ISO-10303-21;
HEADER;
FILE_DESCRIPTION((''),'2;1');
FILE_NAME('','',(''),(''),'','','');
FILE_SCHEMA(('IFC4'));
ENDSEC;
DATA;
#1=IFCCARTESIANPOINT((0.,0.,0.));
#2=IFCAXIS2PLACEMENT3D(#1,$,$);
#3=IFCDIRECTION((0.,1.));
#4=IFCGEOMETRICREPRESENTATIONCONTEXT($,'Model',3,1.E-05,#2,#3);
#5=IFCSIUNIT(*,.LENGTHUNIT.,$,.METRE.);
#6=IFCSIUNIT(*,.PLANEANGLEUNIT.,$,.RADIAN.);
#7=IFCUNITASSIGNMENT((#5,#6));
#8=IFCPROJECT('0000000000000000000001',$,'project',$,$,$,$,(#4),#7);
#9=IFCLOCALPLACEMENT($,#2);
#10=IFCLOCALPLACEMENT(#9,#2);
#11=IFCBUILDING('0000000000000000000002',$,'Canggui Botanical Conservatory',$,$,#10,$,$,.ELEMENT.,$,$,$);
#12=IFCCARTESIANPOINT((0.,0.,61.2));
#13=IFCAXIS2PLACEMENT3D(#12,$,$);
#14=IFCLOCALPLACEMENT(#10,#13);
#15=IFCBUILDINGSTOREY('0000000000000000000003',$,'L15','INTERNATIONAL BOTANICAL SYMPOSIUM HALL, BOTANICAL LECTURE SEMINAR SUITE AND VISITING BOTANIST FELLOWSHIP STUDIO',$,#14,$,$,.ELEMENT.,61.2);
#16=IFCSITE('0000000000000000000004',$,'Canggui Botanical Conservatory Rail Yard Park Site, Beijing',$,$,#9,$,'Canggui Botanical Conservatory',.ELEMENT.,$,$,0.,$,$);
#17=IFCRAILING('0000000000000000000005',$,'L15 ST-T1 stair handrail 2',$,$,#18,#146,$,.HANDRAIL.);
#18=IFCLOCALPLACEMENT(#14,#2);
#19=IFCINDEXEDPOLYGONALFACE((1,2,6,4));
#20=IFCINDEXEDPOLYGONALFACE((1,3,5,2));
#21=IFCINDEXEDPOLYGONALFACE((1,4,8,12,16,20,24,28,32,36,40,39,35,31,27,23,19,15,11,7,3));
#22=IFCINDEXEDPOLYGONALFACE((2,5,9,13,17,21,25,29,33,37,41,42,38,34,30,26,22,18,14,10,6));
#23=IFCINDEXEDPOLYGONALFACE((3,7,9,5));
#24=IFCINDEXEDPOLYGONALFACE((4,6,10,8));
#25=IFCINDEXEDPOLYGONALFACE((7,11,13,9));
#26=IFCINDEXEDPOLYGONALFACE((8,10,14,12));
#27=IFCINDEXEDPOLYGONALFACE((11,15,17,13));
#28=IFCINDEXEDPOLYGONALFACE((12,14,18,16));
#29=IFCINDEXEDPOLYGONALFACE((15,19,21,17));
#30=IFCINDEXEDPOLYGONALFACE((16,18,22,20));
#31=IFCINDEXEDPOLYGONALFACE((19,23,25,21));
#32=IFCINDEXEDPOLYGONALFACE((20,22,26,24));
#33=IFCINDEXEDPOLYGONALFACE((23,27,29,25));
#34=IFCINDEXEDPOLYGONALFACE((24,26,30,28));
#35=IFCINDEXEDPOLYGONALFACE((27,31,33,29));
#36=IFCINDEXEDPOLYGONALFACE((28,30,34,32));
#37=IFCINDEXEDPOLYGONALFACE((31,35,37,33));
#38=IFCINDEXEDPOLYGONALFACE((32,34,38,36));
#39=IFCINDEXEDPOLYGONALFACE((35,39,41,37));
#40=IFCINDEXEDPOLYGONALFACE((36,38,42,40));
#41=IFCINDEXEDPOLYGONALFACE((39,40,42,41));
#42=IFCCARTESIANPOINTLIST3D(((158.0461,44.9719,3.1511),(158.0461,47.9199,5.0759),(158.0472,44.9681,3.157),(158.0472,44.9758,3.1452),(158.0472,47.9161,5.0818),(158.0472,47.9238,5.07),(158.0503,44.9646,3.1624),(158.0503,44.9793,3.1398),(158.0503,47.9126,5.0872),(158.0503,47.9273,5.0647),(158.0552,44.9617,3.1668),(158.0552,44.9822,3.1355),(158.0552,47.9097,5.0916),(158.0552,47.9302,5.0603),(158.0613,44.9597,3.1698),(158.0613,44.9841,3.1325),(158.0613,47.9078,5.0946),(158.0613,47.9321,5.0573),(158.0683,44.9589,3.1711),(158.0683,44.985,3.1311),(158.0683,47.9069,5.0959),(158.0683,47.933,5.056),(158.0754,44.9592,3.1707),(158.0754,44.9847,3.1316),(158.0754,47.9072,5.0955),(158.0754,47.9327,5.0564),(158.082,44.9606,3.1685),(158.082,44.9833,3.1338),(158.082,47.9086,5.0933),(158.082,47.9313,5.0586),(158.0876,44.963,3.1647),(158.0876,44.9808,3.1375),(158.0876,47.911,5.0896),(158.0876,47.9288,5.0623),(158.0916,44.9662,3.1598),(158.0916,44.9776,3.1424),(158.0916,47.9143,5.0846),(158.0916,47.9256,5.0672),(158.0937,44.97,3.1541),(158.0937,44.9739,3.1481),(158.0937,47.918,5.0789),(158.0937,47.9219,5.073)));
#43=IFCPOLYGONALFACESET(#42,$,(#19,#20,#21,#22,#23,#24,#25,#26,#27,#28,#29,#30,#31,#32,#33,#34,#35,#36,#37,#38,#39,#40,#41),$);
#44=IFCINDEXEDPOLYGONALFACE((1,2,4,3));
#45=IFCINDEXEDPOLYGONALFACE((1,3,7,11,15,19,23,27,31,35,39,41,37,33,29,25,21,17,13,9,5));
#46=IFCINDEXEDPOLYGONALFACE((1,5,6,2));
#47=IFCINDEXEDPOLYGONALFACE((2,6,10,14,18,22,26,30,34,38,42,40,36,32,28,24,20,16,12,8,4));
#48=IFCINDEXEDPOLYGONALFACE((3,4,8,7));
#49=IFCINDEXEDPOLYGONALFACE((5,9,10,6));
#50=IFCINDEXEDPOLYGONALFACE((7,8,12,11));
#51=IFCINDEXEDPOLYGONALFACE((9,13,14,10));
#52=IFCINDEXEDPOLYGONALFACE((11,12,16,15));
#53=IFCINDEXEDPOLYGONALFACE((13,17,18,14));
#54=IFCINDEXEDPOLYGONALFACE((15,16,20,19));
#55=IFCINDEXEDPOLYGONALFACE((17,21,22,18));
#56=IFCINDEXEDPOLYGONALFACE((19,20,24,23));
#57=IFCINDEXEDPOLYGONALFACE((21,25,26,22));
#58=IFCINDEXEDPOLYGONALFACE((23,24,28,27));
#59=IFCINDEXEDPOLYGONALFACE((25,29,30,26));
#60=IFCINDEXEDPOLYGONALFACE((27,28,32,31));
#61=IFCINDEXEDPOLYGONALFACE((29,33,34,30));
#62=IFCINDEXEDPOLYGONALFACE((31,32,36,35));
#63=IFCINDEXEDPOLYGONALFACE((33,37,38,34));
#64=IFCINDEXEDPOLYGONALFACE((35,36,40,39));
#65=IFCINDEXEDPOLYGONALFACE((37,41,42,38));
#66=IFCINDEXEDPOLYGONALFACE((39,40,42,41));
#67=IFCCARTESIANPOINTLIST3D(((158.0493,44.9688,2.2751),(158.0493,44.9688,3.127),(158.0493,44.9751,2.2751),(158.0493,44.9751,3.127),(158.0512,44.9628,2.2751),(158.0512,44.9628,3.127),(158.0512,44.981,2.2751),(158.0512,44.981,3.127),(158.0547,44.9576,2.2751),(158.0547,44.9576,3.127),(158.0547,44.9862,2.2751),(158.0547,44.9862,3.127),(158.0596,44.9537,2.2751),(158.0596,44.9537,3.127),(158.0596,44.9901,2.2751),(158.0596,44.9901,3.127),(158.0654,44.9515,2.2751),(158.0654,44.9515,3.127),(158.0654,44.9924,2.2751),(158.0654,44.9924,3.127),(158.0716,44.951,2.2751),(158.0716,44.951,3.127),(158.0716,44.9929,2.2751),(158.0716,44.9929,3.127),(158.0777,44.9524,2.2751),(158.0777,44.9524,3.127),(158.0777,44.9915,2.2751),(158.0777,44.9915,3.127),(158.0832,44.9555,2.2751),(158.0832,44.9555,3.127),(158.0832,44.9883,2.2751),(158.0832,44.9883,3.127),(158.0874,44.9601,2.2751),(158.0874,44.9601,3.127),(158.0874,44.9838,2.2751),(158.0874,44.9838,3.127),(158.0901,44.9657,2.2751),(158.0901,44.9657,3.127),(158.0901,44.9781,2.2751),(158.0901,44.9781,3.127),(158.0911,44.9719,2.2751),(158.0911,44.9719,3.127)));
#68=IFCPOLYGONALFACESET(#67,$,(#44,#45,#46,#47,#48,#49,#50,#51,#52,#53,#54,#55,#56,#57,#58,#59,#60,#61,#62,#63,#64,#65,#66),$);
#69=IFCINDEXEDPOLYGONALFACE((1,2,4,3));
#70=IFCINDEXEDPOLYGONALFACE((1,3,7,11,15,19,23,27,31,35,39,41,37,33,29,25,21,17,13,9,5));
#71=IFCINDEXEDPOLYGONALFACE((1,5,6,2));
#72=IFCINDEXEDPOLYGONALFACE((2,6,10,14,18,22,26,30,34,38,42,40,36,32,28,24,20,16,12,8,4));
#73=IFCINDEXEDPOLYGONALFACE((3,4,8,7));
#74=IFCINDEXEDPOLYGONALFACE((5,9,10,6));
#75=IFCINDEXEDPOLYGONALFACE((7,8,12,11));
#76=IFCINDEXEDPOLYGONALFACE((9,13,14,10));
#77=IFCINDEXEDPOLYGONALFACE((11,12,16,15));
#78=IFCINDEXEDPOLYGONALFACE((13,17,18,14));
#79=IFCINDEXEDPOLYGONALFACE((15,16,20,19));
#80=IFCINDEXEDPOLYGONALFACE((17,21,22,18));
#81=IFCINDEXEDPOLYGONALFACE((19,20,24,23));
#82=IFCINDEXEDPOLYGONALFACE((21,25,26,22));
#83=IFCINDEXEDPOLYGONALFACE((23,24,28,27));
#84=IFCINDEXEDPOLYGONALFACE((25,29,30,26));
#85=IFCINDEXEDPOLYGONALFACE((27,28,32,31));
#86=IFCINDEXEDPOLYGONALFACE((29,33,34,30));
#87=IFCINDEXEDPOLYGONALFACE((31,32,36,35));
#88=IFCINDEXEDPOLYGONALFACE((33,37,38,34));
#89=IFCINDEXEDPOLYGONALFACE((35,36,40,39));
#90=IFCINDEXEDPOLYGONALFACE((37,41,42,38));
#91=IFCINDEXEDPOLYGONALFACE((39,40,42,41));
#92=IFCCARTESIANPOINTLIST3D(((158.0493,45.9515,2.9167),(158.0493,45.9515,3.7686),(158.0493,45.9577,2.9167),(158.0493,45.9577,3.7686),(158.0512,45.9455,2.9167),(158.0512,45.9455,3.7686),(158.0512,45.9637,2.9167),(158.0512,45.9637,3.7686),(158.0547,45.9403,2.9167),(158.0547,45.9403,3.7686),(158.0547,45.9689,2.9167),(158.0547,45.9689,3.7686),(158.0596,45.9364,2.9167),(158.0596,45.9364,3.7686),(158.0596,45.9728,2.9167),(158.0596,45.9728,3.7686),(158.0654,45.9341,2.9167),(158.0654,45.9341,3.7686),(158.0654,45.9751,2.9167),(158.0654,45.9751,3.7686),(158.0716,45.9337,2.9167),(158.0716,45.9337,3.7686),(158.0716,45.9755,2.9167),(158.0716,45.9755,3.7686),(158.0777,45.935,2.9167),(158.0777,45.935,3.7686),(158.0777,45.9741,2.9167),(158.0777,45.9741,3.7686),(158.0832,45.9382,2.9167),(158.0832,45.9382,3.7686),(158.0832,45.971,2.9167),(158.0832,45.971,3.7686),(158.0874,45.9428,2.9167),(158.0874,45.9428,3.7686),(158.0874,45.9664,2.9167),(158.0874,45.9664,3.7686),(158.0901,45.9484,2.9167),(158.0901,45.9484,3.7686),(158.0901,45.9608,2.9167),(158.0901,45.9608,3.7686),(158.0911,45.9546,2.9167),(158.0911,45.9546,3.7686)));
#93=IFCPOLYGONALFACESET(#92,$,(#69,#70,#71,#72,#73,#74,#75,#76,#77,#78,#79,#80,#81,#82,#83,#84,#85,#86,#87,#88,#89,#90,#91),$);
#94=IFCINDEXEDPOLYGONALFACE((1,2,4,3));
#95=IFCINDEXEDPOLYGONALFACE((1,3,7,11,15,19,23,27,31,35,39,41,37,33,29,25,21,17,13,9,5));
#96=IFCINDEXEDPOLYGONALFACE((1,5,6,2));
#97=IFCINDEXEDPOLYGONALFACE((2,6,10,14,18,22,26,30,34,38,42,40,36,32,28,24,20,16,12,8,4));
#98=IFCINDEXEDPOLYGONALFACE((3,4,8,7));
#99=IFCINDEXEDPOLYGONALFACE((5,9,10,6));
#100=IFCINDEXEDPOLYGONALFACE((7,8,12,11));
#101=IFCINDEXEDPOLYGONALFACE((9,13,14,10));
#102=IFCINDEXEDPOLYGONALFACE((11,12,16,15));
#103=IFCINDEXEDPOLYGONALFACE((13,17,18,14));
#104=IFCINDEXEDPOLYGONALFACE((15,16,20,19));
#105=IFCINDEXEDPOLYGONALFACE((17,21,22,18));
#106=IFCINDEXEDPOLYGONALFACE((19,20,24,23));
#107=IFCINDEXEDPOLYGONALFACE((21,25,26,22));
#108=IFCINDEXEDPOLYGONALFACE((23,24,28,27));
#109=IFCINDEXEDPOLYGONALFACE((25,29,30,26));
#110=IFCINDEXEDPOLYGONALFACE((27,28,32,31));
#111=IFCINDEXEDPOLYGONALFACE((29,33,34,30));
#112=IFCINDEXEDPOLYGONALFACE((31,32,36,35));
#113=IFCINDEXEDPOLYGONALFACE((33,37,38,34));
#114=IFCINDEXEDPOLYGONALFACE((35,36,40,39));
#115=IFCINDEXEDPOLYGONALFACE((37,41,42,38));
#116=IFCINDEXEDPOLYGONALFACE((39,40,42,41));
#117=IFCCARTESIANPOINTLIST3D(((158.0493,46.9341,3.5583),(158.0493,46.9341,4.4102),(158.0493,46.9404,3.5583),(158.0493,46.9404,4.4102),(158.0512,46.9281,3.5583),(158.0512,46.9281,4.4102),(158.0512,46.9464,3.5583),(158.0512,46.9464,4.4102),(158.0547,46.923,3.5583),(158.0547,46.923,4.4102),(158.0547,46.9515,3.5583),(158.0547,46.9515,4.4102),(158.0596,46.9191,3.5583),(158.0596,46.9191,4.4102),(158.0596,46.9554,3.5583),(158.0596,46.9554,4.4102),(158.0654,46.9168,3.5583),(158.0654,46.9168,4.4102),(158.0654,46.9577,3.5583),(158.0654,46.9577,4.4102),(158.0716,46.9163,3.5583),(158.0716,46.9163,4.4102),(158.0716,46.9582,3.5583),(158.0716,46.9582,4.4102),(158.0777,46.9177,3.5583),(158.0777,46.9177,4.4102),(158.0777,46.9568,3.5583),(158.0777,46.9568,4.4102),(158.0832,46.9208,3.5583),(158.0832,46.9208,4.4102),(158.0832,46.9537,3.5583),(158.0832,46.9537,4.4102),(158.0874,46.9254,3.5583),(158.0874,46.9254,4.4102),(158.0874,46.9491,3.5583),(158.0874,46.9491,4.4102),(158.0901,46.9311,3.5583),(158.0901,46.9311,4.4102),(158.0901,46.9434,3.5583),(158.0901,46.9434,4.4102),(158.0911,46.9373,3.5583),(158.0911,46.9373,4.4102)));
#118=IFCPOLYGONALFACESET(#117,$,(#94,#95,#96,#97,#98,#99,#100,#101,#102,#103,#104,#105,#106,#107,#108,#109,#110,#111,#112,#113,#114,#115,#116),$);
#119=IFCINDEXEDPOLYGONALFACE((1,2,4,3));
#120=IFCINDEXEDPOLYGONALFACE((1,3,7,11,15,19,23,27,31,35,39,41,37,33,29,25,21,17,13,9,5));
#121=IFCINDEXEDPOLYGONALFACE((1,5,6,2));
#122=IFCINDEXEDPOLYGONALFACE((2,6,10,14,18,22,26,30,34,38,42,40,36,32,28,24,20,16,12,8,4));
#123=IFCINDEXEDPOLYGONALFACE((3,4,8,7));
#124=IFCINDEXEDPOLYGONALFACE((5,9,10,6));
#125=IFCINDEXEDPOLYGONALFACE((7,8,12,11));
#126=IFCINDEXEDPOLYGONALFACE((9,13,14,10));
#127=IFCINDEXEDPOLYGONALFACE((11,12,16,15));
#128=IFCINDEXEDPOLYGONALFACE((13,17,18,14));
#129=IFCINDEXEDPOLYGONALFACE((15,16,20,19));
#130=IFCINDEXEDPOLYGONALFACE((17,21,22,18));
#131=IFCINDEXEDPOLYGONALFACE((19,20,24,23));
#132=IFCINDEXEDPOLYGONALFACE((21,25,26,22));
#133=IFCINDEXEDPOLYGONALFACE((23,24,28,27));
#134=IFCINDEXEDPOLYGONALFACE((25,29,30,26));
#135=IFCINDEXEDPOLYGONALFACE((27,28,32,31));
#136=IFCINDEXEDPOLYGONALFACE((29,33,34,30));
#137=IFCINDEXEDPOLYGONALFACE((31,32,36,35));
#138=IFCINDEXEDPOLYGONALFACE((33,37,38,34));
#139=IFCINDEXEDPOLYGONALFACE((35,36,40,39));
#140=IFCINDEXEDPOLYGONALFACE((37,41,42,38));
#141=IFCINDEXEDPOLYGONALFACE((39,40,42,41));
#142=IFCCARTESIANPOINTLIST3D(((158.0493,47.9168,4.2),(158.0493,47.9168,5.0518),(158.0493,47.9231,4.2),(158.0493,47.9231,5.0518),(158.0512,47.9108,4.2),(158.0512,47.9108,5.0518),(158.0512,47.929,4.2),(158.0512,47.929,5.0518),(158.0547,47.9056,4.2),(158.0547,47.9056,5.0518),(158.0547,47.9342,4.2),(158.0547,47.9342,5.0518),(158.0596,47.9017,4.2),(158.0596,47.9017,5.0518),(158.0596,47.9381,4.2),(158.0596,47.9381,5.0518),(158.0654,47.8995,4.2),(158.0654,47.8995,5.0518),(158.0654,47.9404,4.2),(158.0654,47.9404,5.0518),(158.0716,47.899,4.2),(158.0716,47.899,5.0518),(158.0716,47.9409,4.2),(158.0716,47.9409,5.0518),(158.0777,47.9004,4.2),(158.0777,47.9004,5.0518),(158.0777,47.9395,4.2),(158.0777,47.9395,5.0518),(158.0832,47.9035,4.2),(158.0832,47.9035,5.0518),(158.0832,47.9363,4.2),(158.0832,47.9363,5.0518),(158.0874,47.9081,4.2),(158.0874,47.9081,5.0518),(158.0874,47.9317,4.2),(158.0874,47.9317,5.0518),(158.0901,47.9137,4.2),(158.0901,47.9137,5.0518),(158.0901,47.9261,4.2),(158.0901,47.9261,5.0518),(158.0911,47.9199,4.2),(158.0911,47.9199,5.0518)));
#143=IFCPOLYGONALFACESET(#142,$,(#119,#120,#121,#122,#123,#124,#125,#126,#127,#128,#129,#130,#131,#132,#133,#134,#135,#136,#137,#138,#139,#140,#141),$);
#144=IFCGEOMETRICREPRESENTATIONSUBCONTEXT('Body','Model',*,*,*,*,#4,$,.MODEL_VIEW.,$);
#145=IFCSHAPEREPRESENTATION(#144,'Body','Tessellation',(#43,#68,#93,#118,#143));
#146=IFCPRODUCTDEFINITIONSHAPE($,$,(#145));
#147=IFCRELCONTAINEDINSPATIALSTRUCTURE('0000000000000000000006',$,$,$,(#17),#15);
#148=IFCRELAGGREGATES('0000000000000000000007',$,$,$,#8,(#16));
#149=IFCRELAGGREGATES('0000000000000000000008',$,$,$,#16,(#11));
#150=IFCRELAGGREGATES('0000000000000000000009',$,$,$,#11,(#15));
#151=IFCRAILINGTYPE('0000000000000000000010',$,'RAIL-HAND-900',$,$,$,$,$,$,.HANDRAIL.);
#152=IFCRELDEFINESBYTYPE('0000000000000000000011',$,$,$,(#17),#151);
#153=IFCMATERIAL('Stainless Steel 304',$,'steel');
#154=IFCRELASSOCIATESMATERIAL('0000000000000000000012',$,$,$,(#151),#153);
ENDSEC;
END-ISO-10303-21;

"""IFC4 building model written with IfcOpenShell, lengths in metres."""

from ifc_helpers import new_model, si_unit, direction, frame, origin, origin_2d, place, context, subcontext, project, spatial, circle, extrude, material, type_object, element, save


model = new_model("IFC4")

# Units and contexts
model_context = context("Model", 3, precision=1e-05, world=origin(), true_north=direction((0.0, 1.0)))
body_context = subcontext(model_context, "Body", "Model", "MODEL_VIEW")
ifc_project = project(units=[si_unit("LENGTHUNIT", "METRE"), si_unit("PLANEANGLEUNIT", "RADIAN")], contexts=[model_context])

# Site, building, storey
site_placement = place(None, origin())
site = spatial("IfcSite", under=ifc_project, at=site_placement, Name="Canggui Botanical Conservatory Rail Yard Park Site, Beijing", LongName="Canggui Botanical Conservatory", CompositionType="ELEMENT", RefElevation=0.0)
building_placement = place(site_placement, origin())
building = spatial("IfcBuilding", under=site, at=building_placement, Name="Canggui Botanical Conservatory", CompositionType="ELEMENT")
storey_placement = place(building_placement, frame((0.0, 0.0, 61.2)))
storey = spatial("IfcBuildingStorey", under=building, at=storey_placement, Name="L15", Description="INTERNATIONAL BOTANICAL SYMPOSIUM HALL, BOTANICAL LECTURE SEMINAR SUITE AND VISITING BOTANIST FELLOWSHIP STUDIO", CompositionType="ELEMENT", Elevation=61.2)

# Shared definitions
ifc_material_1 = material(Name="Stainless Steel 304", Category="steel")

# Railing
railing_type = type_object("IfcRailingType", Name="RAIL-HAND-900", PredefinedType="HANDRAIL", material=ifc_material_1)
railing_placement = place(storey_placement, frame((158.0701, 44.9719, 2.2751)))
element("IfcRailing", 1, at=railing_placement, inside=storey, type_object=railing_type, Name="L15 ST-T1 stair handrail 2", PredefinedType="HANDRAIL", context=body_context, shape_type="SweptSolid", body=[
    extrude(circle(Radius=0.0239, at=origin_2d()), frame((0.0, 0.0, 0.876), z_axis=(0.0, 0.837325, 0.546706), x_axis=(-1.0, 0.0, 0.0)), (0.0, 0.0, 1.0), 3.5208),
    extrude(circle(Radius=0.021, at=origin_2d()), origin(), (0.0, 0.0, 1.0), 0.8518),
    extrude(circle(Radius=0.021, at=origin_2d()), frame((0.0, 0.9827, 0.6416)), (0.0, 0.0, 1.0), 0.8518),
    extrude(circle(Radius=0.021, at=origin_2d()), frame((0.0, 1.9653, 1.2832)), (0.0, 0.0, 1.0), 0.8518),
    extrude(circle(Radius=0.021, at=origin_2d()), frame((0.0, 2.948, 1.9248)), (0.0, 0.0, 1.0), 0.8518),
])

save(model, "model.ifc")
